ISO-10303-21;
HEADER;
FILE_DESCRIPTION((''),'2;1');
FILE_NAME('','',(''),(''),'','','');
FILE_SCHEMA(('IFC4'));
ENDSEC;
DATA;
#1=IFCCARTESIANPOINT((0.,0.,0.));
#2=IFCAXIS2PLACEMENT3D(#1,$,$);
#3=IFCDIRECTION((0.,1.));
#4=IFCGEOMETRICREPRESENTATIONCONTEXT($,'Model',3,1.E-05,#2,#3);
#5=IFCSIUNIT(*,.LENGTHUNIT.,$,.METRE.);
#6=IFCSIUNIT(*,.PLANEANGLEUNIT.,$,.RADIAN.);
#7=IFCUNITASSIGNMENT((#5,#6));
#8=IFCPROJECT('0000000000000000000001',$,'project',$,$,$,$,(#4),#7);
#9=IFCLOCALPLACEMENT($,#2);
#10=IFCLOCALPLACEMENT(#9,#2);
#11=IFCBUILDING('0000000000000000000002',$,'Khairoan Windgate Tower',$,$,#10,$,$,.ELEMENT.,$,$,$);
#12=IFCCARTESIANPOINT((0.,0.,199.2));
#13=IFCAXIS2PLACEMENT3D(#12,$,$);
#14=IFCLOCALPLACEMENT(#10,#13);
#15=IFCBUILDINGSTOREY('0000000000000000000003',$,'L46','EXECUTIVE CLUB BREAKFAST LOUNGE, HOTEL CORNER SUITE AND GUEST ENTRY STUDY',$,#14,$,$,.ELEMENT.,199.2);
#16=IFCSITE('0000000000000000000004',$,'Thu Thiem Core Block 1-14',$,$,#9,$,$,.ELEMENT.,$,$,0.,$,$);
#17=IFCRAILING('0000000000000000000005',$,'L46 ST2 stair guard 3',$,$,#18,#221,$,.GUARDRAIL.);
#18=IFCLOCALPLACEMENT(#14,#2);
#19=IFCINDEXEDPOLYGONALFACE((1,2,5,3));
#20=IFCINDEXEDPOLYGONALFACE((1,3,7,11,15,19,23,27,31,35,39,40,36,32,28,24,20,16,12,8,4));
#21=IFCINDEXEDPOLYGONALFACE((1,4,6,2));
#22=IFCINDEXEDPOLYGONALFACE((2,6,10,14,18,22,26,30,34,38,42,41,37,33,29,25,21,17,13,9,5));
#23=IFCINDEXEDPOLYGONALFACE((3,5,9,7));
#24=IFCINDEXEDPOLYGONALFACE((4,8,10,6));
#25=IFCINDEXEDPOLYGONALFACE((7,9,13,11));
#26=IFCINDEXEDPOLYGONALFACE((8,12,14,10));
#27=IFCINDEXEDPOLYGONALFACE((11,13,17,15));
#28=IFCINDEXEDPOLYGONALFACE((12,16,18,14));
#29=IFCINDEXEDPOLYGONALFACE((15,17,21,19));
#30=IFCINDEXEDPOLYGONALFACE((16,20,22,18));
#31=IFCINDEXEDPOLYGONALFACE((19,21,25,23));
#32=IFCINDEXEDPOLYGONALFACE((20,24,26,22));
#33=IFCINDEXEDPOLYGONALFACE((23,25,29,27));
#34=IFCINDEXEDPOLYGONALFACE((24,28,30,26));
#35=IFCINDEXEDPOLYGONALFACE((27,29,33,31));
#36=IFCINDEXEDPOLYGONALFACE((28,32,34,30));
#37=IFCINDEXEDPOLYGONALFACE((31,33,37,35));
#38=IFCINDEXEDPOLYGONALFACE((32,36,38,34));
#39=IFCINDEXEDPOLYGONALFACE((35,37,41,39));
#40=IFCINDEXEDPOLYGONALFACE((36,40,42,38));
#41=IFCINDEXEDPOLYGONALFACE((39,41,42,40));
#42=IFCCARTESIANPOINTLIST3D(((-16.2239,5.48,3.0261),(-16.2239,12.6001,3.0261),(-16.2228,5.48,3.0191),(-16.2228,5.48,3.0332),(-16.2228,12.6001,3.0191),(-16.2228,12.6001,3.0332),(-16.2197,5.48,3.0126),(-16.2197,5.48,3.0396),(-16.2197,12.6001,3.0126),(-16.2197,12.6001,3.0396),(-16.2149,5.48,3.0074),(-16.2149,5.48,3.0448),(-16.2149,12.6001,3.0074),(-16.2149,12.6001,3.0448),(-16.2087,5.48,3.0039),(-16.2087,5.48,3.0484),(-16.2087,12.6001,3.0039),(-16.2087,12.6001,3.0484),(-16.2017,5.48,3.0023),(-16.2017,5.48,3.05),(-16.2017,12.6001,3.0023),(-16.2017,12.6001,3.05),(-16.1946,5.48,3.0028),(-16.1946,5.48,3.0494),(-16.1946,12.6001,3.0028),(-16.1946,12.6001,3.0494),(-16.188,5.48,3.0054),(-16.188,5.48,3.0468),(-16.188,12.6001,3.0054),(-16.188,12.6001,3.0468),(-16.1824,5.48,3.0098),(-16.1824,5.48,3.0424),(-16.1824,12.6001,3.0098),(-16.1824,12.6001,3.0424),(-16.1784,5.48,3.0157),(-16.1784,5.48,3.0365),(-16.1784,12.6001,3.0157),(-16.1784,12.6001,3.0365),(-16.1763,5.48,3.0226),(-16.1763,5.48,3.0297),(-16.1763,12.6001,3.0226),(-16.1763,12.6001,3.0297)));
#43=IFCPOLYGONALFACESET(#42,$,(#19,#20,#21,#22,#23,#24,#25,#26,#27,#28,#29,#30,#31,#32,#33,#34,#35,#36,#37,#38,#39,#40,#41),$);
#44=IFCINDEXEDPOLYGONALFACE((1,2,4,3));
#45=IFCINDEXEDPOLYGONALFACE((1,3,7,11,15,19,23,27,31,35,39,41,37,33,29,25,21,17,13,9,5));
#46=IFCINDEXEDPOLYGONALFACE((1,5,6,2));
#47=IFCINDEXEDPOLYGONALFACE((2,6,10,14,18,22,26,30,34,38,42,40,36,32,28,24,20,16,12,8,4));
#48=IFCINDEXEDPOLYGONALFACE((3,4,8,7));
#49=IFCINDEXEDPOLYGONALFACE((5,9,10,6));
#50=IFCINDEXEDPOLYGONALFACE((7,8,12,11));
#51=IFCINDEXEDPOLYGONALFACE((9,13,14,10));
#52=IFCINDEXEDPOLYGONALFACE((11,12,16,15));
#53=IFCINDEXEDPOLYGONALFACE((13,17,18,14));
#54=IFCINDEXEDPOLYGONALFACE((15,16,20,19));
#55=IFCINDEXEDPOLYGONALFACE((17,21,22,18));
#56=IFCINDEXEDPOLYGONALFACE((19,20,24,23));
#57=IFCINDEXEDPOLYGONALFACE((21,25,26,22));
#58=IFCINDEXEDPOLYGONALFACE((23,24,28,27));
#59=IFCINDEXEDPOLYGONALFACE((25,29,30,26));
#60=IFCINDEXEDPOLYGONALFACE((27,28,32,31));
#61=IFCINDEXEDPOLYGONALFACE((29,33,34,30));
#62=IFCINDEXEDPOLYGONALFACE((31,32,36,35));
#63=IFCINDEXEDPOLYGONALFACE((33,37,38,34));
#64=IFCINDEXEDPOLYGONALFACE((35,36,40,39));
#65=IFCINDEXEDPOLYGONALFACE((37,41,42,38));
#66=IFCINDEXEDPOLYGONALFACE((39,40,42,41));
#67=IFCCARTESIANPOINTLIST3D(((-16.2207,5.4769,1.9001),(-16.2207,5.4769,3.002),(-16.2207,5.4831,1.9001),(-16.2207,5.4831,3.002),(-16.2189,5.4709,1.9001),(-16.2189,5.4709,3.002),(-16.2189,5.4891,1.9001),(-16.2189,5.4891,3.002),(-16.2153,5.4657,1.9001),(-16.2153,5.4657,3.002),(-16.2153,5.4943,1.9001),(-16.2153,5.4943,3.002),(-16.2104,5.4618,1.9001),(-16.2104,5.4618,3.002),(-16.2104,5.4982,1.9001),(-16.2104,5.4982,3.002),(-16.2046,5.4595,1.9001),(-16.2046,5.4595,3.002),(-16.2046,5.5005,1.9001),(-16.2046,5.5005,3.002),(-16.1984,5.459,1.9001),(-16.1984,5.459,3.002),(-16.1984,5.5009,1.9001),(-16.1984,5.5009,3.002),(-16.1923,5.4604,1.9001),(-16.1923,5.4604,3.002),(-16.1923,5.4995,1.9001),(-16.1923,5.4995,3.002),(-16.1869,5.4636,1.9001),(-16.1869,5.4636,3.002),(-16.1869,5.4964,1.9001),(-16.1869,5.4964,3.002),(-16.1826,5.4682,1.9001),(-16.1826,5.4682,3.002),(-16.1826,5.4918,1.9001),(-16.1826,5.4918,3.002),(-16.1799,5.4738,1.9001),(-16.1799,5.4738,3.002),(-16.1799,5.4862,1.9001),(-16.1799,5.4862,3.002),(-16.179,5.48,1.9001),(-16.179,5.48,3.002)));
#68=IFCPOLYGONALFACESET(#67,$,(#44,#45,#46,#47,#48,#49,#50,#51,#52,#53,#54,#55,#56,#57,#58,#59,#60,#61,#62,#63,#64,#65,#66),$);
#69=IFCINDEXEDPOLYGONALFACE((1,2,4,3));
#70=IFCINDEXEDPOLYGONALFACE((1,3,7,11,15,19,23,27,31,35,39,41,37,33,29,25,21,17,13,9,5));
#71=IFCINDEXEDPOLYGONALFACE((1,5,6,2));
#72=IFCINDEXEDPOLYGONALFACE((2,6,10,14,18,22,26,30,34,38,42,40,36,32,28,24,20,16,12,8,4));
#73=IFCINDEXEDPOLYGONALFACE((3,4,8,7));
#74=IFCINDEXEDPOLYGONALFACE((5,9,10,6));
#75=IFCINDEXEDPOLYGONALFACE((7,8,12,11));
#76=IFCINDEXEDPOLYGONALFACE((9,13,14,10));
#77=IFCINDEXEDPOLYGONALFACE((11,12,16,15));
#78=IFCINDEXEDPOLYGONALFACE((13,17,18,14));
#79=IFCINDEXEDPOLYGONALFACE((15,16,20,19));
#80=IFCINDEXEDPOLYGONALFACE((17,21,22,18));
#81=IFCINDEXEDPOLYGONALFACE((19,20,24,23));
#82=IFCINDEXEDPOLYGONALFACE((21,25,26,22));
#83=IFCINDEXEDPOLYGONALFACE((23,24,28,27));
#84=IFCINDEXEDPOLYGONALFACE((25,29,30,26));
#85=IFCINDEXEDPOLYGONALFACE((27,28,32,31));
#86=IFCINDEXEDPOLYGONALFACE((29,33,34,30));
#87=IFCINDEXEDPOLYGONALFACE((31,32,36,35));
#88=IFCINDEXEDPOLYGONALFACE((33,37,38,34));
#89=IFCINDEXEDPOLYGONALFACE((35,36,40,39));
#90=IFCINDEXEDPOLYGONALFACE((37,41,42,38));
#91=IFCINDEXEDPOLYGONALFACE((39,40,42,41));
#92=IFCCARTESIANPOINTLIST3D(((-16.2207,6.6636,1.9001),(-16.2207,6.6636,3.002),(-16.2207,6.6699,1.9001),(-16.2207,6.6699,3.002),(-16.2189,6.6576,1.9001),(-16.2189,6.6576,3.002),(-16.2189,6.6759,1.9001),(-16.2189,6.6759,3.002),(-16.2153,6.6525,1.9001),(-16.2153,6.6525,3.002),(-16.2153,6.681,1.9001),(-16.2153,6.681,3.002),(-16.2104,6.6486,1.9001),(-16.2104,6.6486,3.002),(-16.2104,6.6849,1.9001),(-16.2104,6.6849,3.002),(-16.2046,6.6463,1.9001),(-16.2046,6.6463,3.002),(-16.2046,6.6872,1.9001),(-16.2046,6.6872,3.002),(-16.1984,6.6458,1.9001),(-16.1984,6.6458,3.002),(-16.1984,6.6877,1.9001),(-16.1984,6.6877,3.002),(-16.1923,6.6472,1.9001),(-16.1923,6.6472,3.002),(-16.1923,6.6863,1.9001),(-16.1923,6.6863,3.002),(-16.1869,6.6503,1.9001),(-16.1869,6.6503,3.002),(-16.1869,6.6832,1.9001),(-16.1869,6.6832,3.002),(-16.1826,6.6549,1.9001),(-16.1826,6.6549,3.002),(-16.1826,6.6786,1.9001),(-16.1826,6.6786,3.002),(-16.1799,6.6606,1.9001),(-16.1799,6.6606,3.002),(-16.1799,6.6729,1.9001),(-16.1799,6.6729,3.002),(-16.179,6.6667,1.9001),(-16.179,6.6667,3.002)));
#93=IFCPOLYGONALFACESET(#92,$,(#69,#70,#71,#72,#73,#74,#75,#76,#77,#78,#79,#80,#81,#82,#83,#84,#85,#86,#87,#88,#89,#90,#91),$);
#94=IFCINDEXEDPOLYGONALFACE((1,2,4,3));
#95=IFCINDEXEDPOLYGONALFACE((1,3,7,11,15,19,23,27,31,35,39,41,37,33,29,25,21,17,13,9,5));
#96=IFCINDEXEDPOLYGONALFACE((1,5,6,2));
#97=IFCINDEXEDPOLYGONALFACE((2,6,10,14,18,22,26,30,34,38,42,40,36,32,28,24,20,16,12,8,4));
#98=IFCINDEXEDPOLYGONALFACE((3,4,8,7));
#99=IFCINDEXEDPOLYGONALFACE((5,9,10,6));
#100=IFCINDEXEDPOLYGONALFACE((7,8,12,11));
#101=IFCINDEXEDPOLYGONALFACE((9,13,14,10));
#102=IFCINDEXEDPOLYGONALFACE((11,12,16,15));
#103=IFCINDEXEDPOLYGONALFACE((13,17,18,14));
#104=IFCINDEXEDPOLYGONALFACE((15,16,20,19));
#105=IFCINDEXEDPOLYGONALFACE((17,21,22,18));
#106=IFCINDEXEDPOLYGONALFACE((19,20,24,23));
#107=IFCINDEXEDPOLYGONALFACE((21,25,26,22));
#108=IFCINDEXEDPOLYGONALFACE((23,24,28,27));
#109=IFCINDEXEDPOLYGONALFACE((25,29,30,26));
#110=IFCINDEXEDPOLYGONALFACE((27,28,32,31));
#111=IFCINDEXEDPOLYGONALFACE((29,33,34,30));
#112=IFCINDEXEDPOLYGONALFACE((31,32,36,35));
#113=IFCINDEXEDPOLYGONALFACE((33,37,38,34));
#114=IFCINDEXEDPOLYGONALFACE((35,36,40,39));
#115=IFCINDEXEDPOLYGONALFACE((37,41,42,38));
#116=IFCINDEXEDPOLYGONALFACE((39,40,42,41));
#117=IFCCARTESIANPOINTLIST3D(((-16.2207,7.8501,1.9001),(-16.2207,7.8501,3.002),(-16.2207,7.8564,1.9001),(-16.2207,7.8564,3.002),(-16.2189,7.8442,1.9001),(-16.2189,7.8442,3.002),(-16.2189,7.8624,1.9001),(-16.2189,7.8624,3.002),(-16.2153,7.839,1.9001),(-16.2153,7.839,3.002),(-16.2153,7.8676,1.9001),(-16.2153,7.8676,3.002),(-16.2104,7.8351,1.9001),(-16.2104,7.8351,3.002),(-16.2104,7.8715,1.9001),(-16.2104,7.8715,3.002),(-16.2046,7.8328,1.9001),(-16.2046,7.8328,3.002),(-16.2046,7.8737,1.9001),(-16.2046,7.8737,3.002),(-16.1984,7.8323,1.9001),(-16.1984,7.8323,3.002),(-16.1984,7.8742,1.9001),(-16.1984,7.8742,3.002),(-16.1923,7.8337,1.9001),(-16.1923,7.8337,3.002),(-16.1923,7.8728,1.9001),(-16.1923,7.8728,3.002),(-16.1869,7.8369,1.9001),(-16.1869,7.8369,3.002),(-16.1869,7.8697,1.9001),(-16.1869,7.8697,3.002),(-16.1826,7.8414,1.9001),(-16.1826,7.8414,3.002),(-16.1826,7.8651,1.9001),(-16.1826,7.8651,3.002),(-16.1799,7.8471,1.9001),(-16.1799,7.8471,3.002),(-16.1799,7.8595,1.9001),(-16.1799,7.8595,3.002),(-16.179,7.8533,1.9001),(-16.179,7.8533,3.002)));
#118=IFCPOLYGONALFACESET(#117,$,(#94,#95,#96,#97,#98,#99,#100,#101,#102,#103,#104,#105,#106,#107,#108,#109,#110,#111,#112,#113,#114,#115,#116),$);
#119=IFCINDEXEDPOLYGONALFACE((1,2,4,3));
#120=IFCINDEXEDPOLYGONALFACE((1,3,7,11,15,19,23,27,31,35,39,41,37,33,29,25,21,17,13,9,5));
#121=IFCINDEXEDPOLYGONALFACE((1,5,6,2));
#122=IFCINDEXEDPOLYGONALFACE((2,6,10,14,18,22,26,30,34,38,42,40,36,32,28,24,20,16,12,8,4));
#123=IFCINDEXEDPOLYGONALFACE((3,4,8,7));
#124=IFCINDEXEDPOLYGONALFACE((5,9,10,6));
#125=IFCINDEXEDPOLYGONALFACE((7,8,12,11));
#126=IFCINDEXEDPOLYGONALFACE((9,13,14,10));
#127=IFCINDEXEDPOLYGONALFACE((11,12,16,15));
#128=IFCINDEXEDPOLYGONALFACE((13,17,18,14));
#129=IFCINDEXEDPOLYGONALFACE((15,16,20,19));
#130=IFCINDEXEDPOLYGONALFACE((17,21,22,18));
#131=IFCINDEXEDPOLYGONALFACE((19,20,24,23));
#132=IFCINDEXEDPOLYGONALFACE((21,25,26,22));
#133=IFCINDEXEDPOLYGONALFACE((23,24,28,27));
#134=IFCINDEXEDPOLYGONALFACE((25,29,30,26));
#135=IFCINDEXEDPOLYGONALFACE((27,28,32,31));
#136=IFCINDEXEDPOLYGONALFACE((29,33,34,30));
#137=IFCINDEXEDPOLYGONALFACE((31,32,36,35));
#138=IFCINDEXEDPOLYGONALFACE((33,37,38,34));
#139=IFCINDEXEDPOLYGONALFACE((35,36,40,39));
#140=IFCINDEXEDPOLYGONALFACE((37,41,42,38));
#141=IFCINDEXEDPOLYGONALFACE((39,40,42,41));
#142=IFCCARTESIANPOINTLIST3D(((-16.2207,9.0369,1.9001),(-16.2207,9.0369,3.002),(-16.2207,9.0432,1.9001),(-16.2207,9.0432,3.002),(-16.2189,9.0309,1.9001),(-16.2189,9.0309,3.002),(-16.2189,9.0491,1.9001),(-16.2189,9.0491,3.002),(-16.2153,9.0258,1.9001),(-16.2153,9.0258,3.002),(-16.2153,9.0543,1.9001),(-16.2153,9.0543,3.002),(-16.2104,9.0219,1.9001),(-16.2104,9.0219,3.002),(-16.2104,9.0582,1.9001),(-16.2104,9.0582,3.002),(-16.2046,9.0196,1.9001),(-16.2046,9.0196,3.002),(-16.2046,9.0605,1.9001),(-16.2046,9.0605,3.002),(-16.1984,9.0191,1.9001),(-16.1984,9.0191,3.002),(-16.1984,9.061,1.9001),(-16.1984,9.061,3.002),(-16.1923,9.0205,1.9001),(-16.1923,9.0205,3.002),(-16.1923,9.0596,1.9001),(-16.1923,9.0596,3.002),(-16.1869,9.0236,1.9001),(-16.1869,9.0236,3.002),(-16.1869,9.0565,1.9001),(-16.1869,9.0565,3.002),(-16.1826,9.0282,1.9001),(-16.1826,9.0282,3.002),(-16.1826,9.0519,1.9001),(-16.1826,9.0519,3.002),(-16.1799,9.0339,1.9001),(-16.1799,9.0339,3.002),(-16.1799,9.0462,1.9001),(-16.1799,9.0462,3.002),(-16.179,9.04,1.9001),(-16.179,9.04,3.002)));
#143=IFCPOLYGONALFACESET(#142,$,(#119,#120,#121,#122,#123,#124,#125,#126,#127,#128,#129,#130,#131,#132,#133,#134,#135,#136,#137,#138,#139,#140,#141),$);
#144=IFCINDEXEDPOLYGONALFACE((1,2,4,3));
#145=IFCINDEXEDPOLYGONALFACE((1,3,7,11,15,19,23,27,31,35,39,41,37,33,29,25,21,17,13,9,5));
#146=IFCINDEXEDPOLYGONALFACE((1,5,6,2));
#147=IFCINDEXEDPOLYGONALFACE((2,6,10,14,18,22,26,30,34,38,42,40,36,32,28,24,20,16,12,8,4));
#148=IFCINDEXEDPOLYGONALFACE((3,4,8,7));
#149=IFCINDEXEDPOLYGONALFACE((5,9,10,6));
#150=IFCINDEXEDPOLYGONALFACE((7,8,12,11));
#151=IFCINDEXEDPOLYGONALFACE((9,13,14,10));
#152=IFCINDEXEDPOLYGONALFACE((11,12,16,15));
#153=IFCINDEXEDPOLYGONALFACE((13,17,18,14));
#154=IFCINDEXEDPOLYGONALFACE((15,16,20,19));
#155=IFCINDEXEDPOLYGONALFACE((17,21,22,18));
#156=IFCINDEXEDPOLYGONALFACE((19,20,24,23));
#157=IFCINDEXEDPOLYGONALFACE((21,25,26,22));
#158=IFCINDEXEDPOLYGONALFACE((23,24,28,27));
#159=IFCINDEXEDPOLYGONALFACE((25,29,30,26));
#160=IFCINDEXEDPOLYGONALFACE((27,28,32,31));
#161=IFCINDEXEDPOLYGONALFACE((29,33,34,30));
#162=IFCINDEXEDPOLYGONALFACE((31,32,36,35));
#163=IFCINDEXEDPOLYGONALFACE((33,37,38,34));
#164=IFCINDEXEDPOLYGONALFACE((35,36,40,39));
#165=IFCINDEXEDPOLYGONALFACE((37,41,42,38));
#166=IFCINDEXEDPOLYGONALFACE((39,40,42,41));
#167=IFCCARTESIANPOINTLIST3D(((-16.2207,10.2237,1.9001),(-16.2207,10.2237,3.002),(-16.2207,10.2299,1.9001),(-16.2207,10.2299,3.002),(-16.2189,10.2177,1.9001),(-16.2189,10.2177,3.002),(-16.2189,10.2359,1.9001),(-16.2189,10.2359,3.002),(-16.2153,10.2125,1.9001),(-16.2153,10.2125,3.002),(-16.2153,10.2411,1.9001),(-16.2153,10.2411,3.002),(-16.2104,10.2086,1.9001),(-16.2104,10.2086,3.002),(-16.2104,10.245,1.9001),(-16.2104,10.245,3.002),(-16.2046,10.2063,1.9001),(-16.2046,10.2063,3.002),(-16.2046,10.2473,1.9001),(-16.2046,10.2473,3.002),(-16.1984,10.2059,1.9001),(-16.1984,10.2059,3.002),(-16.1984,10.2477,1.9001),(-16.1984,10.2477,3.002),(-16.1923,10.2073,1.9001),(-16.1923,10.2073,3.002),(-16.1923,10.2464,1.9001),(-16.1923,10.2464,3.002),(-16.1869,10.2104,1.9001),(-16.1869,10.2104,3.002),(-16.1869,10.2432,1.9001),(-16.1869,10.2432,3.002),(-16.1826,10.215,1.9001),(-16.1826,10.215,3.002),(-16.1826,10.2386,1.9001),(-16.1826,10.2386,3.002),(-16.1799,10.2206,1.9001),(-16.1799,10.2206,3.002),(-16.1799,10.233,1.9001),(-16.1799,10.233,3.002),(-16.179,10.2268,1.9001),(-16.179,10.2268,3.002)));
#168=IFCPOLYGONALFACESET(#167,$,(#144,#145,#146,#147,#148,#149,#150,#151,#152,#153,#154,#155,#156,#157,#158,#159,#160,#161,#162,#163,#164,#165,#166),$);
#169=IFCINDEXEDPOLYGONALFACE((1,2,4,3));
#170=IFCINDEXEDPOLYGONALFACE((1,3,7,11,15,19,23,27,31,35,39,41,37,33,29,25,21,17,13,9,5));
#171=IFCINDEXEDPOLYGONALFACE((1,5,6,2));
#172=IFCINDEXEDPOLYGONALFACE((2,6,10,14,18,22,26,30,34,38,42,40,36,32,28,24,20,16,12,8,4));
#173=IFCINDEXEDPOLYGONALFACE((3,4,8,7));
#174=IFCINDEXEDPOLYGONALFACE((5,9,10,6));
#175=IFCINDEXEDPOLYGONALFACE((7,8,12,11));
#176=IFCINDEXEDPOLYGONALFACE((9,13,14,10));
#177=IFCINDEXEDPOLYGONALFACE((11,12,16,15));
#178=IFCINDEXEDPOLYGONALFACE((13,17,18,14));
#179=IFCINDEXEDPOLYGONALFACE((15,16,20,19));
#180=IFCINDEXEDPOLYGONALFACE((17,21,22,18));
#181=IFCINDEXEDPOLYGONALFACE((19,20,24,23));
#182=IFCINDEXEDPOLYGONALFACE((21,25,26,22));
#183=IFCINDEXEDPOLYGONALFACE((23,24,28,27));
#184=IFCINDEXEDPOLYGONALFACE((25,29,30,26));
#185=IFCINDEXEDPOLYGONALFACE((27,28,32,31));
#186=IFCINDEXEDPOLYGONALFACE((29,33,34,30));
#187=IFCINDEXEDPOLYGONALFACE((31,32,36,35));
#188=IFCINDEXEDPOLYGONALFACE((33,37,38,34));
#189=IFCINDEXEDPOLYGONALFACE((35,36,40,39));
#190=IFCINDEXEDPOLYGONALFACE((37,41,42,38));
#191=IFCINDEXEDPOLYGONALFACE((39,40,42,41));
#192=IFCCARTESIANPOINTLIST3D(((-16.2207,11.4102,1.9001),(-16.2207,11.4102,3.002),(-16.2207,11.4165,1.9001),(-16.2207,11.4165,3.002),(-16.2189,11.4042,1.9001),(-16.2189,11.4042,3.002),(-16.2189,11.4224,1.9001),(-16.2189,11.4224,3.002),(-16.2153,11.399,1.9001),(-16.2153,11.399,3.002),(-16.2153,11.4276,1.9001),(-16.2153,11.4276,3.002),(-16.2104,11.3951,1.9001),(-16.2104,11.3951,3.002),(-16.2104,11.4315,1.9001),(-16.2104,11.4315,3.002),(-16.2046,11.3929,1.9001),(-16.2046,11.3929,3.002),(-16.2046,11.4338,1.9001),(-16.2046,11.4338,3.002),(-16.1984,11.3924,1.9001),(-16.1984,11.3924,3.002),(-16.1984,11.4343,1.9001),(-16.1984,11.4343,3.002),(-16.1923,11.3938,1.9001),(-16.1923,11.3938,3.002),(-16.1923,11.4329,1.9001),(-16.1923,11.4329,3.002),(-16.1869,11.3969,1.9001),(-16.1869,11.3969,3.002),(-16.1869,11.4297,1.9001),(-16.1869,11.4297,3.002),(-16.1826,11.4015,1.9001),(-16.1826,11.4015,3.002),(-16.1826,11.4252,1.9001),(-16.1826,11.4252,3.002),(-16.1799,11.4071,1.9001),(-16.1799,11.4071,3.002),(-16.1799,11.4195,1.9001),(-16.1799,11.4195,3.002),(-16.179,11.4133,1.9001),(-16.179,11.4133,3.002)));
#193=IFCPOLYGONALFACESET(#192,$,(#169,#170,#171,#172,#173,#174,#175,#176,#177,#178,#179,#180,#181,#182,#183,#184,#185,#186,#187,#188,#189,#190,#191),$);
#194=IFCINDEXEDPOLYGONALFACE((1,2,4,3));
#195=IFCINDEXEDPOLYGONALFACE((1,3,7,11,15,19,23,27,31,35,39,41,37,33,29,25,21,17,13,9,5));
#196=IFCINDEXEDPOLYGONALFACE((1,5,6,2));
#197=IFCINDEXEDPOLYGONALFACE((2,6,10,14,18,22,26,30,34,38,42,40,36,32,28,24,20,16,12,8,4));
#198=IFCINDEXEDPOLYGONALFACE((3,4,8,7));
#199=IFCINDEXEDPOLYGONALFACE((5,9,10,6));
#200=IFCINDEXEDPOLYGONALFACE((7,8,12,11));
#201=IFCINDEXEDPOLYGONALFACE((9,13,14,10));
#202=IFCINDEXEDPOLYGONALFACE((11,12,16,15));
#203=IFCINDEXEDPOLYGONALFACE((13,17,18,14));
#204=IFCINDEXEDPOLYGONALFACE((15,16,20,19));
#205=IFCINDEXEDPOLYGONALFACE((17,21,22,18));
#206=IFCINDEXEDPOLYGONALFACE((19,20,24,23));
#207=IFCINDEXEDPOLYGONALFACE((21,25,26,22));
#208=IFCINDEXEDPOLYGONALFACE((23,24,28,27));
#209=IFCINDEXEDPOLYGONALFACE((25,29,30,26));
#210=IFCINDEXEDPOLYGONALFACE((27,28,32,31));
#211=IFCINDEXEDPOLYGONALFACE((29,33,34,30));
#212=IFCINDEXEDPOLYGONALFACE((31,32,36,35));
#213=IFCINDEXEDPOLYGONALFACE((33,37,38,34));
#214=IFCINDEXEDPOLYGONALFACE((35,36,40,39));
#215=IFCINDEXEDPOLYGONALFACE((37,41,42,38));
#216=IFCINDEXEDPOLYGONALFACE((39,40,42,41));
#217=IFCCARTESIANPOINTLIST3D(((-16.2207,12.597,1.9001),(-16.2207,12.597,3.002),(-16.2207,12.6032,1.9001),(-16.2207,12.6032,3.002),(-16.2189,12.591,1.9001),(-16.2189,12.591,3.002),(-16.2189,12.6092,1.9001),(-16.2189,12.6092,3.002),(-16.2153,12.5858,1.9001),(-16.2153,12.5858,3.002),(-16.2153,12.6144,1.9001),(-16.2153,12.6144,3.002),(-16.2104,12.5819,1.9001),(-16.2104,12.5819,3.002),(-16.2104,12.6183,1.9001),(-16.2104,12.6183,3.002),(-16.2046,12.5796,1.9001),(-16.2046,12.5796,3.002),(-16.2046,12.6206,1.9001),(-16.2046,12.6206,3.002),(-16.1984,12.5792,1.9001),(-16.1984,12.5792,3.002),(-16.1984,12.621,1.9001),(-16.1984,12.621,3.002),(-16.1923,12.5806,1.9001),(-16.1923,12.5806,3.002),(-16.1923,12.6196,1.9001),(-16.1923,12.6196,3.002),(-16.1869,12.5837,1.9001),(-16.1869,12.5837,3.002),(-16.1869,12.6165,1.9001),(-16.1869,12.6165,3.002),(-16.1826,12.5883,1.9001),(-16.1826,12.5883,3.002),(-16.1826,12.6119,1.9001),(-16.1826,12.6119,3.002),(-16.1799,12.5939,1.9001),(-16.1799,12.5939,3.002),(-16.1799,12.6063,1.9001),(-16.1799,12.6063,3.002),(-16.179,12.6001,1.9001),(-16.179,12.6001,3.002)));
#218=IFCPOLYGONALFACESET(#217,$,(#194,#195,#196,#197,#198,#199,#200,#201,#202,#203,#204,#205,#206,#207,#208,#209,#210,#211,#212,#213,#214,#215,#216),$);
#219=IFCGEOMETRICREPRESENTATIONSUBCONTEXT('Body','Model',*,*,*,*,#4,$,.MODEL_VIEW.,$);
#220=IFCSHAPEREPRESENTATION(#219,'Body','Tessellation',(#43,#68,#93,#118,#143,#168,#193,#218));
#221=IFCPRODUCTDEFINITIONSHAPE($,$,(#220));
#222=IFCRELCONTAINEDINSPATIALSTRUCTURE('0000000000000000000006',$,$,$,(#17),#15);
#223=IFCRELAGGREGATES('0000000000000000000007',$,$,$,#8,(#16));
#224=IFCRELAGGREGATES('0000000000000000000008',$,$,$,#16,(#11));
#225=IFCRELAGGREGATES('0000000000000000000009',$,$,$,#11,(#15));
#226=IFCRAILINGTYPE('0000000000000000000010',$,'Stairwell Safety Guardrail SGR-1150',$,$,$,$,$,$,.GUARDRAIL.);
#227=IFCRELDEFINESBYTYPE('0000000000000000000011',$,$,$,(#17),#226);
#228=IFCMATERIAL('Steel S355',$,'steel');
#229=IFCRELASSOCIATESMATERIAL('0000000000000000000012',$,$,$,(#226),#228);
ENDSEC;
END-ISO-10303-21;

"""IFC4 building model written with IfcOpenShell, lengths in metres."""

from ifc_helpers import new_model, si_unit, direction, frame, origin, origin_2d, place, context, subcontext, project, spatial, circle, extrude, material, type_object, element, save


model = new_model("IFC4")

# Units and contexts
model_context = context("Model", 3, precision=1e-05, world=origin(), true_north=direction((0.0, 1.0)))
body_context = subcontext(model_context, "Body", "Model", "MODEL_VIEW")
ifc_project = project(units=[si_unit("LENGTHUNIT", "METRE"), si_unit("PLANEANGLEUNIT", "RADIAN")], contexts=[model_context])

# Site, building, storey
site_placement = place(None, origin())
site = spatial("IfcSite", under=ifc_project, at=site_placement, Name="Thu Thiem Core Block 1-14", CompositionType="ELEMENT", RefElevation=0.0)
building_placement = place(site_placement, origin())
building = spatial("IfcBuilding", under=site, at=building_placement, Name="Khairoan Windgate Tower", CompositionType="ELEMENT")
storey_placement = place(building_placement, frame((0.0, 0.0, 199.2)))
storey = spatial("IfcBuildingStorey", under=building, at=storey_placement, Name="L46", Description="EXECUTIVE CLUB BREAKFAST LOUNGE, HOTEL CORNER SUITE AND GUEST ENTRY STUDY", CompositionType="ELEMENT", Elevation=199.2)

# Railing
ifc_material_1 = material(Name="Steel S355", Category="steel")
railing_type_1 = type_object("IfcRailingType", Name="Stairwell Safety Guardrail SGR-1150", PredefinedType="GUARDRAIL", material=ifc_material_1)
railing_1_placement = place(storey_placement, frame((-16.2, 5.48, 1.9001)))
element("IfcRailing", 1, at=railing_1_placement, inside=storey, type_object=railing_type_1, Name="L46 ST2 stair guard 3", PredefinedType="GUARDRAIL", context=body_context, shape_type="SweptSolid", body=[
    extrude(circle(Radius=0.0239, at=origin_2d()), frame((0.0, 0.0, 1.126), z_axis=(0.0, 1.0, 0.0), x_axis=(-1.0, 0.0, 0.0)), (0.0, 0.0, 1.0), 7.1201),
    extrude(circle(Radius=0.021, at=origin_2d()), origin(), (0.0, 0.0, 1.0), 1.1018),
    extrude(circle(Radius=0.021, at=origin_2d()), frame((0.0, 1.1868, 0.0)), (0.0, 0.0, 1.0), 1.1018),
    extrude(circle(Radius=0.021, at=origin_2d()), frame((0.0, 2.3733, 0.0)), (0.0, 0.0, 1.0), 1.1018),
    extrude(circle(Radius=0.021, at=origin_2d()), frame((0.0, 3.5601, 0.0)), (0.0, 0.0, 1.0), 1.1018),
    extrude(circle(Radius=0.021, at=origin_2d()), frame((0.0, 4.7468, 0.0)), (0.0, 0.0, 1.0), 1.1018),
    extrude(circle(Radius=0.021, at=origin_2d()), frame((0.0, 5.9333, 0.0)), (0.0, 0.0, 1.0), 1.1018),
    extrude(circle(Radius=0.021, at=origin_2d()), frame((0.0, 7.1201, 0.0)), (0.0, 0.0, 1.0), 1.1018),
])

save(model, "model.ifc")
